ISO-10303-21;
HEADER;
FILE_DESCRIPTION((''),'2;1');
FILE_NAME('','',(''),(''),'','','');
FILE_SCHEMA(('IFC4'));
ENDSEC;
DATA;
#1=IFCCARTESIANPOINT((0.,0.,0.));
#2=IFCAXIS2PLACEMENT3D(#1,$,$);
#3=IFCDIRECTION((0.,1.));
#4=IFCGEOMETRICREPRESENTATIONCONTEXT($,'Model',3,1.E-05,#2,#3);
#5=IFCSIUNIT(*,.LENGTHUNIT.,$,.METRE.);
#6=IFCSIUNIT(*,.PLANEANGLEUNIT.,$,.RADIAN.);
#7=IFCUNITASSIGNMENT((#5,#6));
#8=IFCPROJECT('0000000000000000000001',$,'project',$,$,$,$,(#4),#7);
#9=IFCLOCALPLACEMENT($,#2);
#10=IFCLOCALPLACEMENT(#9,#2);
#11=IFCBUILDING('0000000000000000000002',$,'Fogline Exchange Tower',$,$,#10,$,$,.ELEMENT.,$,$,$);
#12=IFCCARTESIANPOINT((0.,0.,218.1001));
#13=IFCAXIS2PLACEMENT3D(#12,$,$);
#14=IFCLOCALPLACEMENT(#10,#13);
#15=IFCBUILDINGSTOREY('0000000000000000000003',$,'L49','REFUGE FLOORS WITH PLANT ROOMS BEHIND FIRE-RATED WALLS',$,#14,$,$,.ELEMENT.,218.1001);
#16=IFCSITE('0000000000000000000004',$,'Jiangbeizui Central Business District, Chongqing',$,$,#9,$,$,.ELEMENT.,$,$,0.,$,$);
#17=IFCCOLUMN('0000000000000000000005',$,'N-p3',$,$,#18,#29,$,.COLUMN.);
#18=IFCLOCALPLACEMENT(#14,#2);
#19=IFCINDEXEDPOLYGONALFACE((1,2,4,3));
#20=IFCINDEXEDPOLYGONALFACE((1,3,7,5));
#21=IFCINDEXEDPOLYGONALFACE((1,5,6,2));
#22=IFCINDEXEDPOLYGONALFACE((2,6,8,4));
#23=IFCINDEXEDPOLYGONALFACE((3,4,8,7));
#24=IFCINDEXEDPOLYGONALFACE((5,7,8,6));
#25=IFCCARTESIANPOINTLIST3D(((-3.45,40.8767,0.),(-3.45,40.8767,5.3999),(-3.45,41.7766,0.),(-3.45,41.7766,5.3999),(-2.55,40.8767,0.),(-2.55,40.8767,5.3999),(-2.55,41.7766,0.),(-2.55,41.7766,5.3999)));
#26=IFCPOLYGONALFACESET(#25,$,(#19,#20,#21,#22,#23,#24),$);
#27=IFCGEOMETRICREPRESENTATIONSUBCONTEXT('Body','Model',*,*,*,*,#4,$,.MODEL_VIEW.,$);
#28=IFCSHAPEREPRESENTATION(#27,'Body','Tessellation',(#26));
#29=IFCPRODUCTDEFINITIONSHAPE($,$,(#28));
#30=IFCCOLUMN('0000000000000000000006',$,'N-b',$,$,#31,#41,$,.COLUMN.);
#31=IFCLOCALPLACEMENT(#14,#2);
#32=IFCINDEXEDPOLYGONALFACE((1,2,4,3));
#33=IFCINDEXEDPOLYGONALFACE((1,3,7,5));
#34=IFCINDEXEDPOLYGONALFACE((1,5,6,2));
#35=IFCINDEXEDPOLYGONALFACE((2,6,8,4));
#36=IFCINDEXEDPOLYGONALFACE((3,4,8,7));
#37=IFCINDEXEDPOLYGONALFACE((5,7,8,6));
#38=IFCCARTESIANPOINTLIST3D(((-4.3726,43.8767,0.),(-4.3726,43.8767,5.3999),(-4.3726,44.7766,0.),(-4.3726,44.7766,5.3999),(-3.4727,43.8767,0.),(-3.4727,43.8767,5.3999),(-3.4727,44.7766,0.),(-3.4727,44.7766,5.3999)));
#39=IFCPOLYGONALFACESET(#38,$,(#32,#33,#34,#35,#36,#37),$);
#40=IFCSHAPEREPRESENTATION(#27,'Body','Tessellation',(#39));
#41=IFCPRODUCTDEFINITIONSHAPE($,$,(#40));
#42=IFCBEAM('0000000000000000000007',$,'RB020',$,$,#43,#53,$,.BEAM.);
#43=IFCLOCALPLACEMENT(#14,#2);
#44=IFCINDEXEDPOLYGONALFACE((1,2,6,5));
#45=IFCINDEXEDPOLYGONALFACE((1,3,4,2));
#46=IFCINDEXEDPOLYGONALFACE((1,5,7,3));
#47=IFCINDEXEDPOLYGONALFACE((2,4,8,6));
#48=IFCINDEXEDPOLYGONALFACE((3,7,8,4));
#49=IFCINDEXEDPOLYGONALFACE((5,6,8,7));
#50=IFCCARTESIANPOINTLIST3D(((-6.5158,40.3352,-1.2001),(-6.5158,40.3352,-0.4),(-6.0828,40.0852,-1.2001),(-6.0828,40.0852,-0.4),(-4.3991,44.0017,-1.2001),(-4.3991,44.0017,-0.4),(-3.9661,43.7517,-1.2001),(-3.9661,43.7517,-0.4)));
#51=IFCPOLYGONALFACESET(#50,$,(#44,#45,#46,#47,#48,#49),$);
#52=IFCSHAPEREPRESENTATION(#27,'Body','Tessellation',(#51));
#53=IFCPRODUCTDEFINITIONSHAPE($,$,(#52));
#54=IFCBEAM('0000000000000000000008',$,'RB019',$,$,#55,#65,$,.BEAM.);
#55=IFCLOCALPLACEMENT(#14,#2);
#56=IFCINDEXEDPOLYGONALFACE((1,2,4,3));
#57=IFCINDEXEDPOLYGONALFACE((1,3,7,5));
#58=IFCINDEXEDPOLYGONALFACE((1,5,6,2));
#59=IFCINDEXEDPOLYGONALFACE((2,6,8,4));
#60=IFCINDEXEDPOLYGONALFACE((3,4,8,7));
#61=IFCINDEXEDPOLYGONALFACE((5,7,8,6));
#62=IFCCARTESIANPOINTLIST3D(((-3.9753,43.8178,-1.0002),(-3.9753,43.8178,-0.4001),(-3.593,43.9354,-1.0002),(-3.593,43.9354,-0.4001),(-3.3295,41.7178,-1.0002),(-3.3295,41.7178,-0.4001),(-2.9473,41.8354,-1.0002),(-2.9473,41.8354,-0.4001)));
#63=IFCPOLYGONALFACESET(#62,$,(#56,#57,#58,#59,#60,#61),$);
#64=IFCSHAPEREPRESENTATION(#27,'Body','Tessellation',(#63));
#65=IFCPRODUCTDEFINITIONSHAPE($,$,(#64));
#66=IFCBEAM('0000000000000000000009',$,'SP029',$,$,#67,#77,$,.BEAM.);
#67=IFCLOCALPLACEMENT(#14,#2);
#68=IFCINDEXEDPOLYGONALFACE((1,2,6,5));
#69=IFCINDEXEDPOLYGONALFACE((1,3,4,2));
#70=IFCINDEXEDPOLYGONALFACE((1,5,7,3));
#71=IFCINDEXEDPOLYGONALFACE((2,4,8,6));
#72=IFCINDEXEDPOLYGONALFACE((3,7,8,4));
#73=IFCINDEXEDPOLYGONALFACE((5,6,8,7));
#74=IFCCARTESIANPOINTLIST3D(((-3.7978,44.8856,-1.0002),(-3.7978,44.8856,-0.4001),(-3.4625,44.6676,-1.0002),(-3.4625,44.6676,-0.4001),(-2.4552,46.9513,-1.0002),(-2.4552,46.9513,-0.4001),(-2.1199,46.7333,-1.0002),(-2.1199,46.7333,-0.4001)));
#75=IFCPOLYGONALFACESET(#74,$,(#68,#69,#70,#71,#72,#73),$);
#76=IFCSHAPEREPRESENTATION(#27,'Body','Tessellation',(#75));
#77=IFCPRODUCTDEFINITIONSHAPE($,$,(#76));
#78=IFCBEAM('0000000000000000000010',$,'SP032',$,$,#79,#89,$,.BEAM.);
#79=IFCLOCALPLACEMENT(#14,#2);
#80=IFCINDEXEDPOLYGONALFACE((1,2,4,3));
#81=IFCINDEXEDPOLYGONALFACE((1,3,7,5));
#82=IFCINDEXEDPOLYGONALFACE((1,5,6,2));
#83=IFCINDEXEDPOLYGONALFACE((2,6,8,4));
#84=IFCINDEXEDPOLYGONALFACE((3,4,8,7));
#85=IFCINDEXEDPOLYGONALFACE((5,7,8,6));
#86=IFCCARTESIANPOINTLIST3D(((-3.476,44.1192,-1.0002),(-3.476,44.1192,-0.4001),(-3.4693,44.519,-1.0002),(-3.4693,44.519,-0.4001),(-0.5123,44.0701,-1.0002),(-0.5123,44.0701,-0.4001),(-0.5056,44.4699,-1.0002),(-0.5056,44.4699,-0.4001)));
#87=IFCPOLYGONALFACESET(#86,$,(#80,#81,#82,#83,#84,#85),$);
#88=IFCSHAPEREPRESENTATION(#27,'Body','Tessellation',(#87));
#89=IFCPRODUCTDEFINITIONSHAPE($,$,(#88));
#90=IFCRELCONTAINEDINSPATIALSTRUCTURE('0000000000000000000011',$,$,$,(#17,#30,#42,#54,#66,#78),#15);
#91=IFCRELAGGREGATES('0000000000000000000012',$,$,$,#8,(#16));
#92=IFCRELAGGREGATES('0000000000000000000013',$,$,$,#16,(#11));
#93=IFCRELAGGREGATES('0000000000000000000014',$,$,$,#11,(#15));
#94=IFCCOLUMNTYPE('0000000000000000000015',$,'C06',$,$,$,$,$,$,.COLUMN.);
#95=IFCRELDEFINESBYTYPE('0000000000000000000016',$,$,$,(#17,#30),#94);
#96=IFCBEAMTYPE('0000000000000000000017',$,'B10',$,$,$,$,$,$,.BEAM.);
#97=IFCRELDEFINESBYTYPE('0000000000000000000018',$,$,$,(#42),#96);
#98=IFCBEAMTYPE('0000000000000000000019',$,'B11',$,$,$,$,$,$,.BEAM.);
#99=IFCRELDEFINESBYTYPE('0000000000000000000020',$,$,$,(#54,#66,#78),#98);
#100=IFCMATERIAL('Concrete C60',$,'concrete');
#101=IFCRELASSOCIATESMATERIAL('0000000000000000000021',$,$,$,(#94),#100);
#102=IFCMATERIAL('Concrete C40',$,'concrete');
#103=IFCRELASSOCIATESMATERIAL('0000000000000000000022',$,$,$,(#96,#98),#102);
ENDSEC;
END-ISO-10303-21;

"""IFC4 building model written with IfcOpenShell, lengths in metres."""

from ifc_helpers import new_model, si_unit, direction, frame, origin, origin_2d, place, context, subcontext, project, spatial, rectangle, extrude, material, material_profile, profile_set, type_object, element, save


model = new_model("IFC4")

# Units and contexts
model_context = context("Model", 3, precision=1e-05, world=origin(), true_north=direction((0.0, 1.0)))
body_context = subcontext(model_context, "Body", "Model", "MODEL_VIEW")
ifc_project = project(units=[si_unit("LENGTHUNIT", "METRE"), si_unit("PLANEANGLEUNIT", "RADIAN")], contexts=[model_context])

# Site, building, storey
site_placement = place(None, origin())
site = spatial("IfcSite", under=ifc_project, at=site_placement, Name="Jiangbeizui Central Business District, Chongqing", CompositionType="ELEMENT", RefElevation=0.0)
building_placement = place(site_placement, origin())
building = spatial("IfcBuilding", under=site, at=building_placement, Name="Fogline Exchange Tower", CompositionType="ELEMENT")
storey_placement = place(building_placement, frame((0.0, 0.0, 218.1001)))
storey = spatial("IfcBuildingStorey", under=building, at=storey_placement, Name="L49", Description="REFUGE FLOORS WITH PLANT ROOMS BEHIND FIRE-RATED WALLS", CompositionType="ELEMENT", Elevation=218.1001)

# Columns
ifc_material_1 = material(Name="Concrete C60", Category="concrete")
ifc_material_profile_1 = material_profile(ifc_material_1, rectangle(XDim=0.8999, YDim=0.8999, at=origin_2d()), Name="RC 900x900")
ifc_profile_set_1 = profile_set([ifc_material_profile_1], Name="Concrete C60")
column_type = type_object("IfcColumnType", Name="C06", PredefinedType="COLUMN", material=ifc_profile_set_1)
for number, where, z_axis, x_axis, name in (
    (1, (-3.0, 41.3267, 0.0), (0.0, 0.0, 1.0), (1.0, 0.0, 0.0), "N-p3"),
    (2, (-3.9226, 44.3267, 0.0), (0.0, 0.0, 1.0), (1.0, 0.0, 0.0), "N-b"),
):
    element("IfcColumn", number, at=place(storey_placement, frame(where, z_axis=z_axis, x_axis=x_axis)), inside=storey, type_object=column_type, Name=name, PredefinedType="COLUMN", context=body_context, shape_type="SweptSolid", body=[
        extrude(rectangle(XDim=0.8999, YDim=0.8999, at=origin_2d()), origin(), (0.0, 0.0, 1.0), 5.3999),
    ])

# Beams
ifc_material_2 = material(Name="Concrete C40", Category="concrete")
ifc_material_profile_2 = material_profile(ifc_material_2, rectangle(XDim=0.5, YDim=0.8, at=origin_2d()), Name="RC 500x800")
ifc_profile_set_2 = profile_set([ifc_material_profile_2], Name="Concrete C40")
beam_type_1 = type_object("IfcBeamType", Name="B10", PredefinedType="BEAM", material=ifc_profile_set_2)
beam_1_placement = place(storey_placement, frame((-4.1826, 43.8767, -0.8), z_axis=(-0.499972, -0.866042, 0.0), x_axis=(0.866042, -0.499972, 0.0)))
element("IfcBeam", 3, at=beam_1_placement, inside=storey, type_object=beam_type_1, Name="RB020", PredefinedType="BEAM", context=body_context, shape_type="SweptSolid", body=[
    extrude(rectangle(XDim=0.5, YDim=0.8, at=origin_2d()), origin(), (0.0, 0.0, 1.0), 4.2336),
])
ifc_material_profile_3 = material_profile(ifc_material_2, rectangle(XDim=0.3999, YDim=0.6001, at=origin_2d()), Name="RC 400x600")
ifc_profile_set_3 = profile_set([ifc_material_profile_3], Name="Concrete C40")
beam_type_2 = type_object("IfcBeamType", Name="B11", PredefinedType="BEAM", material=ifc_profile_set_3)
beam_2_placement = place(storey_placement, frame((-3.1384, 41.7766, -0.7002), z_axis=(-0.293906, 0.955834, 0.0), x_axis=(-0.955834, -0.293906, 0.0)))
element("IfcBeam", 4, at=beam_2_placement, inside=storey, type_object=beam_type_2, Name="RB019", PredefinedType="BEAM", context=body_context, shape_type="SweptSolid", body=[
    extrude(rectangle(XDim=0.3999, YDim=0.6001, at=origin_2d()), origin(), (0.0, 0.0, 1.0), 2.197),
])
beam_3_placement = place(storey_placement, frame((-3.6301, 44.7766, -0.7002), z_axis=(0.544943, 0.838473, 0.0), x_axis=(-0.838473, 0.544943, 0.0)))
element("IfcBeam", 5, at=beam_3_placement, inside=storey, type_object=beam_type_2, Name="SP029", PredefinedType="BEAM", context=body_context, shape_type="SweptSolid", body=[
    extrude(rectangle(XDim=0.3999, YDim=0.6001, at=origin_2d()), origin(), (0.0, 0.0, 1.0), 2.4636),
])
beam_4_placement = place(storey_placement, frame((-3.4727, 44.3191, -0.7002), z_axis=(0.999863, -0.016556, 0.0), x_axis=(0.016556, 0.999863, 0.0)))
element("IfcBeam", 6, at=beam_4_placement, inside=storey, type_object=beam_type_2, Name="SP032", PredefinedType="BEAM", context=body_context, shape_type="SweptSolid", body=[
    extrude(rectangle(XDim=0.3999, YDim=0.6001, at=origin_2d()), origin(), (0.0, 0.0, 1.0), 2.9641),
])

save(model, "model.ifc")
